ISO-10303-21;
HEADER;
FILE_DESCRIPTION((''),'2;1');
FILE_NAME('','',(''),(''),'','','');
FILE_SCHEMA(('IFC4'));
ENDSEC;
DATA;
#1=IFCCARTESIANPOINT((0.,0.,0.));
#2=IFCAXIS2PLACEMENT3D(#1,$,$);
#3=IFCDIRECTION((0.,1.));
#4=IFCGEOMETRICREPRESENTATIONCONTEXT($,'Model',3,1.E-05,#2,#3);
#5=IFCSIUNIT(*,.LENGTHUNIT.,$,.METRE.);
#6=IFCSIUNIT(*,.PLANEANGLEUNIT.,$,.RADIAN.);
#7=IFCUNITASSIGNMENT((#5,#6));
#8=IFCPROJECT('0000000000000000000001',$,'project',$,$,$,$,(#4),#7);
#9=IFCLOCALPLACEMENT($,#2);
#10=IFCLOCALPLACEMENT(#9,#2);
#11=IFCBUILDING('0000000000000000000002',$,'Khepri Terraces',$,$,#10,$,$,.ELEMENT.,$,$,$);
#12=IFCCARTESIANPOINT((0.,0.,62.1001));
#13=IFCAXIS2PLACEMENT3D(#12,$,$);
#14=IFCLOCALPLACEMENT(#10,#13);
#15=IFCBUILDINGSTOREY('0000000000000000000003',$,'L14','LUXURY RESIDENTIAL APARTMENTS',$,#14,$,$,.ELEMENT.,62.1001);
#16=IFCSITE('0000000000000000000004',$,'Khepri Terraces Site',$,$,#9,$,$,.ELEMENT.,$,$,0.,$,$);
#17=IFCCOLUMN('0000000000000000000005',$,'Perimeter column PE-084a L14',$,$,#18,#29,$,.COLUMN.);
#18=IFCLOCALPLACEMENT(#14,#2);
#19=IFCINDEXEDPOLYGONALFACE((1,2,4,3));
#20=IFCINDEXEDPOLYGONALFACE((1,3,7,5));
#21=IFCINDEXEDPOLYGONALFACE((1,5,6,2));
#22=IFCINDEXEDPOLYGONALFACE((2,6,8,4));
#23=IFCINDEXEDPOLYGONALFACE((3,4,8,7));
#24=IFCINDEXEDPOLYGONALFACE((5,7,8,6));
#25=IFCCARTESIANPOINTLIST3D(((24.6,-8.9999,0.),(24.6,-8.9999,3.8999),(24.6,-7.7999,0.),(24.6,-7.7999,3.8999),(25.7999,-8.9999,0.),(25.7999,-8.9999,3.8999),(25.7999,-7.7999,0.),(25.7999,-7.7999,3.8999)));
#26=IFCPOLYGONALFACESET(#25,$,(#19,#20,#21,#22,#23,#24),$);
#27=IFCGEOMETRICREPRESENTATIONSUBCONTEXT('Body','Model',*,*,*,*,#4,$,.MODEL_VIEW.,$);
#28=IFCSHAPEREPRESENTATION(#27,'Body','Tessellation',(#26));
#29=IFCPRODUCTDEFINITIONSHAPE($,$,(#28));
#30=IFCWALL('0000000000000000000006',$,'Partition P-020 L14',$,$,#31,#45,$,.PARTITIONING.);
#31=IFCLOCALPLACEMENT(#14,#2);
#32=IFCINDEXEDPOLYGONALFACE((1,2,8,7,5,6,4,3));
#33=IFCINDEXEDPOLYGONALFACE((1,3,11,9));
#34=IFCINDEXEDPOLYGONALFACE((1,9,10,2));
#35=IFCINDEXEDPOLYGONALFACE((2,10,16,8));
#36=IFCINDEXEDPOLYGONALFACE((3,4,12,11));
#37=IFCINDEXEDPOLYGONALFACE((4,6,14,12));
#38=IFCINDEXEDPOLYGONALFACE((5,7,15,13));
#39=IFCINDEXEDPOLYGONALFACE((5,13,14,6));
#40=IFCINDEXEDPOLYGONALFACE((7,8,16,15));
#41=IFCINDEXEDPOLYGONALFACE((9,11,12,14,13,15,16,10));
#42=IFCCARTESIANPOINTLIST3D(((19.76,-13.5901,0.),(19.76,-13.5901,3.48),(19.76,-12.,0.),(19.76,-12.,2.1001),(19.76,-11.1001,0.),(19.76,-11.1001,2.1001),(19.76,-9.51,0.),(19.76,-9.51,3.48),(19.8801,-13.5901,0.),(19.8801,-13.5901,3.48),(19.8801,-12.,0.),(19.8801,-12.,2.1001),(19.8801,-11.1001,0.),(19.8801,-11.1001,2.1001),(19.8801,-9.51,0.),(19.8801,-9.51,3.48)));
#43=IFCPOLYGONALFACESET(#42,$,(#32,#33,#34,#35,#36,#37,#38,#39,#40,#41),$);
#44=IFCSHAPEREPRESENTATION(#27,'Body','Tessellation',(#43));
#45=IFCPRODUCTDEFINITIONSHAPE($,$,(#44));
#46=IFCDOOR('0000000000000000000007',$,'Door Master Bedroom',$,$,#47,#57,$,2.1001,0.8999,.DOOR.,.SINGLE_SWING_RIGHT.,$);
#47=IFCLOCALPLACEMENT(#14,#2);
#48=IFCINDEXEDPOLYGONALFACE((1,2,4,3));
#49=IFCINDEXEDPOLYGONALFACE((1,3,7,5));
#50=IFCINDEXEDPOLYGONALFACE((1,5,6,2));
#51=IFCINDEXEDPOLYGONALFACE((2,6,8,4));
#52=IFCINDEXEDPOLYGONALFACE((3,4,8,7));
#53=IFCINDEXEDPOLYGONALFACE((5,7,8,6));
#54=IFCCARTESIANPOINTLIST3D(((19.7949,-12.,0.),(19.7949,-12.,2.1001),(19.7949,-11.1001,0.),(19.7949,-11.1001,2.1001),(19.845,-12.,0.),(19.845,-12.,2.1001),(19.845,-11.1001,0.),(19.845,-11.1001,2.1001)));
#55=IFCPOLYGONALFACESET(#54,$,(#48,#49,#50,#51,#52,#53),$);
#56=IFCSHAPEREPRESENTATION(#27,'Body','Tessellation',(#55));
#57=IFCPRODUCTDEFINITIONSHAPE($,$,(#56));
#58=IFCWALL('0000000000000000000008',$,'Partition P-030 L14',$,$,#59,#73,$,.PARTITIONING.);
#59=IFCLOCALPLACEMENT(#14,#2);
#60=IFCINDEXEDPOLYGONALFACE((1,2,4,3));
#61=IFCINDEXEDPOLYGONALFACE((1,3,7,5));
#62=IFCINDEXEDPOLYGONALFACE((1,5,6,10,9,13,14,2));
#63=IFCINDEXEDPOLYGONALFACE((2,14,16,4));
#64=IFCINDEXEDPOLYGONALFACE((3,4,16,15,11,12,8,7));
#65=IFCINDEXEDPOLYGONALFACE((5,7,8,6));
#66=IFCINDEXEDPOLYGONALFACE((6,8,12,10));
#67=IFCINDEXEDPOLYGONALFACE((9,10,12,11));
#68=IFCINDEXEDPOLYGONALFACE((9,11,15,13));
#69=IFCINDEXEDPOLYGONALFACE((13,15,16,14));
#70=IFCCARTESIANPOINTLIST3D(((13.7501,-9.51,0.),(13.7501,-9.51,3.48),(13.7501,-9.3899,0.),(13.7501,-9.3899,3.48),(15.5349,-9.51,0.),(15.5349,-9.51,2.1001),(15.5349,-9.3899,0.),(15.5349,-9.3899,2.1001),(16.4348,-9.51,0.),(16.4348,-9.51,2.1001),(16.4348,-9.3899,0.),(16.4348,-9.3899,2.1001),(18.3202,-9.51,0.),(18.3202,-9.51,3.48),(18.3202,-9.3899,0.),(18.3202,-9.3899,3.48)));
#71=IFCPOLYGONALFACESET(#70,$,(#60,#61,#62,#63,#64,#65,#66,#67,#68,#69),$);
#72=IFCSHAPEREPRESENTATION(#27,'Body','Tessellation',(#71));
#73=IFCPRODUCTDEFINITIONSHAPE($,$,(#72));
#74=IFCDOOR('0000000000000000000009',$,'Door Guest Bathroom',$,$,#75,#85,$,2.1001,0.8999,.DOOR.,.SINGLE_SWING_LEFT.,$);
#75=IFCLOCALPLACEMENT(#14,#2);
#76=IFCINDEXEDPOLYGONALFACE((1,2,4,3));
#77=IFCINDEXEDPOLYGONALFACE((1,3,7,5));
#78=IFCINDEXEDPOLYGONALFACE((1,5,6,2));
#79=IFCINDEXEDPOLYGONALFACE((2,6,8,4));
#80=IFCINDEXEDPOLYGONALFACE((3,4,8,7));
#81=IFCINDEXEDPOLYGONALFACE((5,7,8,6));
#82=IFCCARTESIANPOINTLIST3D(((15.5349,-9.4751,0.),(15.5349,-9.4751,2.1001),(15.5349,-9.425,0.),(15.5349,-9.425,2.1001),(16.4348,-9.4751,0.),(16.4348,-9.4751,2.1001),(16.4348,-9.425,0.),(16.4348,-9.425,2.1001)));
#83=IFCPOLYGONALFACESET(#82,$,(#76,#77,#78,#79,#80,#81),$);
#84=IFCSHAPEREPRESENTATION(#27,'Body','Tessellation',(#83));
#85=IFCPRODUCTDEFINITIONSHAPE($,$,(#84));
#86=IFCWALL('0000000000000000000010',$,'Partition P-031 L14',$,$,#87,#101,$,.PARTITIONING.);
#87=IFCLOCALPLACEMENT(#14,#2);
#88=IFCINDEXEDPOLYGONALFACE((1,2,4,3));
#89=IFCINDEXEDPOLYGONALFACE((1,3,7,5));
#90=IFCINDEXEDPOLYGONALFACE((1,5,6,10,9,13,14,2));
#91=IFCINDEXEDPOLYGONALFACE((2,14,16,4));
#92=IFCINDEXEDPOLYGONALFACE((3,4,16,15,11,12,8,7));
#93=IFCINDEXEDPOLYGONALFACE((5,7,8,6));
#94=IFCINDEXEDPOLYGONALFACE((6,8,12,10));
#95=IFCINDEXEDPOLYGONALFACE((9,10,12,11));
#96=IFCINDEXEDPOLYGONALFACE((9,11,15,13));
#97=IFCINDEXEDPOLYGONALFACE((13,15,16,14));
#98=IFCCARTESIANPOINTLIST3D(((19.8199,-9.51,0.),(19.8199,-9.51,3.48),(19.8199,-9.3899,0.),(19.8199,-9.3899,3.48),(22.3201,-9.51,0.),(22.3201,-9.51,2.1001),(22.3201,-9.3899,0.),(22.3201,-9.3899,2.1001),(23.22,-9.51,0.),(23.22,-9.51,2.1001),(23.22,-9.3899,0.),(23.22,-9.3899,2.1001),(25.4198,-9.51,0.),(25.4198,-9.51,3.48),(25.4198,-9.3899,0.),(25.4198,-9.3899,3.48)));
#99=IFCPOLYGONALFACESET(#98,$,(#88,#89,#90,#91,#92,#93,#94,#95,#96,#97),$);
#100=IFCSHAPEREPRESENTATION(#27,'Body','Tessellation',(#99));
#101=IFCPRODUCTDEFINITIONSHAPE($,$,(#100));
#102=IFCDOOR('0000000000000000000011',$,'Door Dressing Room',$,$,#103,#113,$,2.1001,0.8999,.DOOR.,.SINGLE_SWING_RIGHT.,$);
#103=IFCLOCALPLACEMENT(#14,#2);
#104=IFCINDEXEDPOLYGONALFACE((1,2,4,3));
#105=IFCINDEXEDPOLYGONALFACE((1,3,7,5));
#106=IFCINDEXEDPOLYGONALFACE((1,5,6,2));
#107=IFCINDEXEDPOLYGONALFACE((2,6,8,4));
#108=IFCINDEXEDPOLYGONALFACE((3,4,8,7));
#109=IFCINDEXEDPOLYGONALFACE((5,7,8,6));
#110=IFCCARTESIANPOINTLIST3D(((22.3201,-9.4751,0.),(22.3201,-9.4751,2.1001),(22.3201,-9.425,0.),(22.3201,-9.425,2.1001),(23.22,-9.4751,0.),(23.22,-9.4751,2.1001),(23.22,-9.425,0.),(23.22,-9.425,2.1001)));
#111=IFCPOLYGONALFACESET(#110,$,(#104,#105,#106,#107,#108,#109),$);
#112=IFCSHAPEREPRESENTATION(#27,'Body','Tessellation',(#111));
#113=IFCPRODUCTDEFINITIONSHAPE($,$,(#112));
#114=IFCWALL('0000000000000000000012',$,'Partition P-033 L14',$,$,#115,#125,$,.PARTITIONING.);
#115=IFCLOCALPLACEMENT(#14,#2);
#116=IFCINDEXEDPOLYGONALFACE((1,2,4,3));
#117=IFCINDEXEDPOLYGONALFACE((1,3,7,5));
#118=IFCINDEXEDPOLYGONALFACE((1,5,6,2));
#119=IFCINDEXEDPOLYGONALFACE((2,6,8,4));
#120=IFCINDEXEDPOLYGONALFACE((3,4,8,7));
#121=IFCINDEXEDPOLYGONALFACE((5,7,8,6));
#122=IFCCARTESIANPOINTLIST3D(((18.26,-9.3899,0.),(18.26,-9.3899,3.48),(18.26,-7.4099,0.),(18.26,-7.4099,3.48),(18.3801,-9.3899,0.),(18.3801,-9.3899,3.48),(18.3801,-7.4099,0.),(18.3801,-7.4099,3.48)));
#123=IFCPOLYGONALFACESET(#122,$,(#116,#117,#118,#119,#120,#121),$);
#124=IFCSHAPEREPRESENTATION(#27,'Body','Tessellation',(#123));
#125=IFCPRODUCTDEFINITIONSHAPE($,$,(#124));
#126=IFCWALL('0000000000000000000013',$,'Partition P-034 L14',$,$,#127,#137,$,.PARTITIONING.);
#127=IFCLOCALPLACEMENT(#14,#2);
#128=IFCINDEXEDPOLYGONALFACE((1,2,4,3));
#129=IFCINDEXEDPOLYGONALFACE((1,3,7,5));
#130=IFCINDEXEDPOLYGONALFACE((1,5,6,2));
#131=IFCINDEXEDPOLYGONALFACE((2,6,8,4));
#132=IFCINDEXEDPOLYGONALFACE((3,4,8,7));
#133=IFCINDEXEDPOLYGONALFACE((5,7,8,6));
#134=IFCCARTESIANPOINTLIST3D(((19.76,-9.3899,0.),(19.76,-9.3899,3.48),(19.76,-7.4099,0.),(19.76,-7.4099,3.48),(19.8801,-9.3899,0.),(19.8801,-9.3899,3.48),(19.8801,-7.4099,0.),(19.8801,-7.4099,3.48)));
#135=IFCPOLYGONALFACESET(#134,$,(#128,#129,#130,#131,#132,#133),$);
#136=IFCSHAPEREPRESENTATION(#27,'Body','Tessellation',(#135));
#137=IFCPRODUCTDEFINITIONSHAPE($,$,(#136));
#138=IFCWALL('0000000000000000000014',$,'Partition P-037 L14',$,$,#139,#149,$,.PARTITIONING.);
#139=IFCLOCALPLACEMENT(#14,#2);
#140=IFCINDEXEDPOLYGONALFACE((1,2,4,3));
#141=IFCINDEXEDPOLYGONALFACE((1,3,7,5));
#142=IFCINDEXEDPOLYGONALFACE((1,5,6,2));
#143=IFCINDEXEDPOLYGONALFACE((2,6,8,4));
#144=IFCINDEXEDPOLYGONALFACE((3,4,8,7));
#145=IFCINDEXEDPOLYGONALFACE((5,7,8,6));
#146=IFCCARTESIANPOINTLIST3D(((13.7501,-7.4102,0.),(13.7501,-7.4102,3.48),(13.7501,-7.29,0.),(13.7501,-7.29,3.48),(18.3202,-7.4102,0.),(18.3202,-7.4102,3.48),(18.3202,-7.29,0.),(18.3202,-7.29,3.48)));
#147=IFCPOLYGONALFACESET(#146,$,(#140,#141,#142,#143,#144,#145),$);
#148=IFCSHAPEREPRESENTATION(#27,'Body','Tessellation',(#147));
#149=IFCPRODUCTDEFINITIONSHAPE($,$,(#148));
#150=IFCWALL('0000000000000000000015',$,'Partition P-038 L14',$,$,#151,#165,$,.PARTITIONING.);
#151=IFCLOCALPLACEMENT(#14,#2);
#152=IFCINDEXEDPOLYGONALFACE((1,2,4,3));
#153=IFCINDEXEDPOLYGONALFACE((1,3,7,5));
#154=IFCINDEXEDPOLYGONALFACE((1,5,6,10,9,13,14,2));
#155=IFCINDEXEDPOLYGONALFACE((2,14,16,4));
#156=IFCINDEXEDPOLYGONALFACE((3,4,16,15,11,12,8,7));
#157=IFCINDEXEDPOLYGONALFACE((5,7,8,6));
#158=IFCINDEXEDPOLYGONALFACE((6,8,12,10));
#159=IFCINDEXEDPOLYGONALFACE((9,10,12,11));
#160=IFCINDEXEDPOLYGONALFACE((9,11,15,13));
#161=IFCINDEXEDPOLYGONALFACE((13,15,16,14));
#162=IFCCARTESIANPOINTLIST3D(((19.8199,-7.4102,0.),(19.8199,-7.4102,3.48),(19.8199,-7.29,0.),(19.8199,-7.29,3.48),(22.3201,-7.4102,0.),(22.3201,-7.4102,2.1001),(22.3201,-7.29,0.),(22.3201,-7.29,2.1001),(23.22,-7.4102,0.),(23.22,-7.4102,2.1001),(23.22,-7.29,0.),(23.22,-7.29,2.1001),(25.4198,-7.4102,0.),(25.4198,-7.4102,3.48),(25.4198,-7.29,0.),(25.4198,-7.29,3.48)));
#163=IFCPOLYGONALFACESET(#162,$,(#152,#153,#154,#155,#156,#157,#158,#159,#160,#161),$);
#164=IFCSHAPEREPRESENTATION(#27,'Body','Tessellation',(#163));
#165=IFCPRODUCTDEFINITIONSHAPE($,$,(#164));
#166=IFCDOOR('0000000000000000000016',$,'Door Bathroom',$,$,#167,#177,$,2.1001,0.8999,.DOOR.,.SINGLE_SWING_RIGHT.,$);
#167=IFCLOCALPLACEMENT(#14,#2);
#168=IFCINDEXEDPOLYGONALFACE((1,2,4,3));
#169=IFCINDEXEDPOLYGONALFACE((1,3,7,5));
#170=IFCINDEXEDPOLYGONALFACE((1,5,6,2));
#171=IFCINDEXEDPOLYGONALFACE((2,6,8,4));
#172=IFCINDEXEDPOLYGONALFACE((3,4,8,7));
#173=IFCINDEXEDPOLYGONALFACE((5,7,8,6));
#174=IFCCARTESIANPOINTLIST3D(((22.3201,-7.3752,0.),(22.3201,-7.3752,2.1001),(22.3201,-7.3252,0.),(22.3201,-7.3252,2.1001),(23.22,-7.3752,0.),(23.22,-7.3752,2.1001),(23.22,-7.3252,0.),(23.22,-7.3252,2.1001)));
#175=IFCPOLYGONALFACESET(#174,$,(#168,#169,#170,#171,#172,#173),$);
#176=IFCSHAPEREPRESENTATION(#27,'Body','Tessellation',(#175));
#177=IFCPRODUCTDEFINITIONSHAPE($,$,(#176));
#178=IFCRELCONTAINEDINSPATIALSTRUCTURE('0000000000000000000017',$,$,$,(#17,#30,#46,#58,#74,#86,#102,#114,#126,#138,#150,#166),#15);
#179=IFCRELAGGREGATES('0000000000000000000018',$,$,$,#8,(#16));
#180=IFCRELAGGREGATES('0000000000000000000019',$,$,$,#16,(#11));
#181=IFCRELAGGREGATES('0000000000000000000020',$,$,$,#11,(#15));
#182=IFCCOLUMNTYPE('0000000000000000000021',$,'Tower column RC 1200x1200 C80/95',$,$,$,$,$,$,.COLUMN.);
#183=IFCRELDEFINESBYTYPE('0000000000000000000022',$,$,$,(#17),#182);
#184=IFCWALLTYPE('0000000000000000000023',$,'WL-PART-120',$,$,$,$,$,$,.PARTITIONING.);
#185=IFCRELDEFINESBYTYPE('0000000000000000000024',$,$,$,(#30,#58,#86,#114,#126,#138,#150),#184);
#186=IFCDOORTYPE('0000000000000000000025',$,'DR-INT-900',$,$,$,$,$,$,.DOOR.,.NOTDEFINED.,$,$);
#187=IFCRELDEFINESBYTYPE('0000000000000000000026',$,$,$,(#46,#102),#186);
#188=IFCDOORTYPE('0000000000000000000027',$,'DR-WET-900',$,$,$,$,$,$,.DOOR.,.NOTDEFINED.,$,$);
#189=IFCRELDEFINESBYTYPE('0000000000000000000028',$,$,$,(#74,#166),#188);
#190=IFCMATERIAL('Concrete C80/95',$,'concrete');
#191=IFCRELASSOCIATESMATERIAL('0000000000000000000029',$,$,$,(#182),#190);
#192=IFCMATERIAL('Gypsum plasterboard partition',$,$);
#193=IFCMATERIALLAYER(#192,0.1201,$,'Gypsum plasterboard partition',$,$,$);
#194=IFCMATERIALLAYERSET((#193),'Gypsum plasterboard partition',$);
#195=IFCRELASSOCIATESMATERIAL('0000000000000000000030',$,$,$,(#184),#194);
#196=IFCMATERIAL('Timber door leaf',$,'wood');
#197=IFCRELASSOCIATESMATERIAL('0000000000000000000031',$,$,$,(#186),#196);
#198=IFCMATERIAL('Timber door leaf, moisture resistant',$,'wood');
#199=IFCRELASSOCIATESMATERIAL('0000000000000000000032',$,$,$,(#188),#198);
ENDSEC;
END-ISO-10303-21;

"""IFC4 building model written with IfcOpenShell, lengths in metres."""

from ifc_helpers import new_model, si_unit, direction, frame, frame_2d, origin, origin_2d, place, context, subcontext, project, spatial, rectangle, extrude, material, layer, layer_set, material_profile, profile_set, type_object, element, fill, save


model = new_model("IFC4")

# Units and contexts
model_context = context("Model", 3, precision=1e-05, world=origin(), true_north=direction((0.0, 1.0)))
body_context = subcontext(model_context, "Body", "Model", "MODEL_VIEW")
ifc_project = project(units=[si_unit("LENGTHUNIT", "METRE"), si_unit("PLANEANGLEUNIT", "RADIAN")], contexts=[model_context])

# Site, building, storey
site_placement = place(None, origin())
site = spatial("IfcSite", under=ifc_project, at=site_placement, Name="Khepri Terraces Site", CompositionType="ELEMENT", RefElevation=0.0)
building_placement = place(site_placement, origin())
building = spatial("IfcBuilding", under=site, at=building_placement, Name="Khepri Terraces", CompositionType="ELEMENT")
storey_placement = place(building_placement, frame((0.0, 0.0, 62.1001)))
storey = spatial("IfcBuildingStorey", under=building, at=storey_placement, Name="L14", Description="LUXURY RESIDENTIAL APARTMENTS", CompositionType="ELEMENT", Elevation=62.1001)

# Column
ifc_material_1 = material(Name="Concrete C80/95", Category="concrete")
ifc_material_profile = material_profile(ifc_material_1, rectangle(XDim=1.2, YDim=1.2, at=origin_2d()), Name="Concrete C80/95", Category="concrete")
ifc_profile_set = profile_set([ifc_material_profile], Name="Concrete C80/95")
column_type = type_object("IfcColumnType", Name="Tower column RC 1200x1200 C80/95", PredefinedType="COLUMN", material=ifc_profile_set)
column_placement = place(storey_placement, frame((25.2, -8.3999, 0.0), z_axis=(0.0, 0.0, 1.0), x_axis=(1.0, 0.0, 0.0)))
element("IfcColumn", 1, at=column_placement, inside=storey, type_object=column_type, Name="Perimeter column PE-084a L14", PredefinedType="COLUMN", context=body_context, shape_type="SweptSolid", body=[
    extrude(rectangle(XDim=1.2, YDim=1.2, at=origin_2d()), origin(), (0.0, 0.0, 1.0), 3.8999),
])

# Walls, openings, doors
ifc_material_2 = material(Name="Gypsum plasterboard partition")
ifc_layer_1 = layer(ifc_material_2, 0.1201, Name="Gypsum plasterboard partition")
ifc_layer_set_1 = layer_set([ifc_layer_1], Name="Gypsum plasterboard partition")
wall_type_1 = type_object("IfcWallType", Name="WL-PART-120", PredefinedType="PARTITIONING", material=ifc_layer_set_1)
wall_1_placement = place(storey_placement, frame((19.8201, -13.5901, 0.0), z_axis=(0.0, 0.0, 1.0), x_axis=(0.0, 1.0, 0.0)))
wall_1 = element("IfcWall", 2, at=wall_1_placement, inside=storey, type_object=wall_type_1, Name="Partition P-020 L14", PredefinedType="PARTITIONING", context=body_context, shape_type="SweptSolid", body=[
    extrude(rectangle(XDim=4.0801, YDim=0.1201, at=frame_2d((2.04, 0.0))), origin(), (0.0, 0.0, 1.0), 3.48),
])
opening_1_placement = place(wall_1_placement, frame((1.5901, 0.0, 0.0)))
opening_1 = element("IfcOpeningElement", 3, at=opening_1_placement, cuts=wall_1, PredefinedType="OPENING", context=body_context, shape_type="SweptSolid", body=[
    extrude(rectangle(XDim=0.8999, YDim=2.1001, at=frame_2d((0.45, 1.05))), frame((0.0, 0.0701, 0.0), z_axis=(0.0, -1.0, 0.0), x_axis=(1.0, 0.0, 0.0)), (0.0, 0.0, 1.0), 0.1401),
])
ifc_material_3 = material(Name="Timber door leaf", Category="wood")
door_type_1 = type_object("IfcDoorType", Name="DR-INT-900", OperationType="NOTDEFINED", PredefinedType="DOOR", material=ifc_material_3)
door_1_placement = place(opening_1_placement, frame((0.8999, 0.0, 0.0), z_axis=(0.0, 0.0, 1.0), x_axis=(-1.0, 0.0, 0.0)))
door_1 = element("IfcDoor", 4, at=door_1_placement, inside=storey, type_object=door_type_1, Name="Door Master Bedroom", OperationType="SINGLE_SWING_RIGHT", OverallHeight=2.1001, OverallWidth=0.8999, PredefinedType="DOOR", context=body_context, shape_type="SweptSolid", body=[
    extrude(rectangle(XDim=0.8999, YDim=2.1001, at=frame_2d((0.45, 1.05))), frame((0.0, 0.0249, 0.0), z_axis=(0.0, -1.0, 0.0), x_axis=(1.0, 0.0, 0.0)), (0.0, 0.0, 1.0), 0.05),
])
fill(opening_1, door_1)
wall_2_placement = place(storey_placement, frame((13.75, -9.45, 0.0), z_axis=(0.0, 0.0, 1.0), x_axis=(1.0, 0.0, 0.0)))
wall_2 = element("IfcWall", 5, at=wall_2_placement, inside=storey, type_object=wall_type_1, Name="Partition P-030 L14", PredefinedType="PARTITIONING", context=body_context, shape_type="SweptSolid", body=[
    extrude(rectangle(XDim=4.5701, YDim=0.1201, at=frame_2d((2.2852, 0.0))), origin(), (0.0, 0.0, 1.0), 3.48),
])
opening_2_placement = place(wall_2_placement, frame((1.7849, 0.0, 0.0)))
opening_2 = element("IfcOpeningElement", 6, at=opening_2_placement, cuts=wall_2, PredefinedType="OPENING", context=body_context, shape_type="SweptSolid", body=[
    extrude(rectangle(XDim=0.8999, YDim=2.1001, at=frame_2d((0.45, 1.05))), frame((0.0, 0.0701, 0.0), z_axis=(0.0, -1.0, 0.0), x_axis=(1.0, 0.0, 0.0)), (0.0, 0.0, 1.0), 0.1401),
])
ifc_material_4 = material(Name="Timber door leaf, moisture resistant", Category="wood")
door_type_2 = type_object("IfcDoorType", Name="DR-WET-900", OperationType="NOTDEFINED", PredefinedType="DOOR", material=ifc_material_4)
door_2_placement = place(opening_2_placement, origin())
door_2 = element("IfcDoor", 7, at=door_2_placement, inside=storey, type_object=door_type_2, Name="Door Guest Bathroom", OperationType="SINGLE_SWING_LEFT", OverallHeight=2.1001, OverallWidth=0.8999, PredefinedType="DOOR", context=body_context, shape_type="SweptSolid", body=[
    extrude(rectangle(XDim=0.8999, YDim=2.1001, at=frame_2d((0.45, 1.05))), frame((0.0, 0.0249, 0.0), z_axis=(0.0, -1.0, 0.0), x_axis=(1.0, 0.0, 0.0)), (0.0, 0.0, 1.0), 0.05),
])
fill(opening_2, door_2)
wall_3_placement = place(storey_placement, frame((19.8201, -9.45, 0.0), z_axis=(0.0, 0.0, 1.0), x_axis=(1.0, 0.0, 0.0)))
wall_3 = element("IfcWall", 8, at=wall_3_placement, inside=storey, type_object=wall_type_1, Name="Partition P-031 L14", PredefinedType="PARTITIONING", context=body_context, shape_type="SweptSolid", body=[
    extrude(rectangle(XDim=5.5999, YDim=0.1201, at=frame_2d((2.7998, 0.0))), origin(), (0.0, 0.0, 1.0), 3.48),
])
opening_3_placement = place(wall_3_placement, frame((2.5, 0.0, 0.0)))
opening_3 = element("IfcOpeningElement", 9, at=opening_3_placement, cuts=wall_3, PredefinedType="OPENING", context=body_context, shape_type="SweptSolid", body=[
    extrude(rectangle(XDim=0.8999, YDim=2.1001, at=frame_2d((0.45, 1.05))), frame((0.0, 0.0701, 0.0), z_axis=(0.0, -1.0, 0.0), x_axis=(1.0, 0.0, 0.0)), (0.0, 0.0, 1.0), 0.1401),
])
door_3_placement = place(opening_3_placement, origin())
door_3 = element("IfcDoor", 10, at=door_3_placement, inside=storey, type_object=door_type_1, Name="Door Dressing Room", OperationType="SINGLE_SWING_RIGHT", OverallHeight=2.1001, OverallWidth=0.8999, PredefinedType="DOOR", context=body_context, shape_type="SweptSolid", body=[
    extrude(rectangle(XDim=0.8999, YDim=2.1001, at=frame_2d((0.45, 1.05))), frame((0.0, 0.0249, 0.0), z_axis=(0.0, -1.0, 0.0), x_axis=(1.0, 0.0, 0.0)), (0.0, 0.0, 1.0), 0.05),
])
fill(opening_3, door_3)

# Walls
for number, where, z_axis, x_axis, name in (
    (11, (18.3201, -9.3899, 0.0), (0.0, 0.0, 1.0), (0.0, 1.0, 0.0), "Partition P-033 L14"),
    (12, (19.8201, -9.3899, 0.0), (0.0, 0.0, 1.0), (0.0, 1.0, 0.0), "Partition P-034 L14"),
):
    element("IfcWall", number, at=place(storey_placement, frame(where, z_axis=z_axis, x_axis=x_axis)), inside=storey, type_object=wall_type_1, Name=name, PredefinedType="PARTITIONING", context=body_context, shape_type="SweptSolid", body=[
        extrude(rectangle(XDim=1.98, YDim=0.1201, at=frame_2d((0.99, 0.0))), origin(), (0.0, 0.0, 1.0), 3.48),
    ])
wall_4_placement = place(storey_placement, frame((13.75, -7.3501, 0.0), z_axis=(0.0, 0.0, 1.0), x_axis=(1.0, 0.0, 0.0)))
element("IfcWall", 13, at=wall_4_placement, inside=storey, type_object=wall_type_1, Name="Partition P-037 L14", PredefinedType="PARTITIONING", context=body_context, shape_type="SweptSolid", body=[
    extrude(rectangle(XDim=4.5701, YDim=0.1201, at=frame_2d((2.2852, 0.0))), origin(), (0.0, 0.0, 1.0), 3.48),
])

# Wall, opening, door
wall_5_placement = place(storey_placement, frame((19.8201, -7.3501, 0.0), z_axis=(0.0, 0.0, 1.0), x_axis=(1.0, 0.0, 0.0)))
wall_5 = element("IfcWall", 14, at=wall_5_placement, inside=storey, type_object=wall_type_1, Name="Partition P-038 L14", PredefinedType="PARTITIONING", context=body_context, shape_type="SweptSolid", body=[
    extrude(rectangle(XDim=5.5999, YDim=0.1201, at=frame_2d((2.7998, 0.0))), origin(), (0.0, 0.0, 1.0), 3.48),
])
opening_4_placement = place(wall_5_placement, frame((2.5, 0.0, 0.0)))
opening_4 = element("IfcOpeningElement", 15, at=opening_4_placement, cuts=wall_5, PredefinedType="OPENING", context=body_context, shape_type="SweptSolid", body=[
    extrude(rectangle(XDim=0.8999, YDim=2.1001, at=frame_2d((0.45, 1.05))), frame((0.0, 0.0701, 0.0), z_axis=(0.0, -1.0, 0.0), x_axis=(1.0, 0.0, 0.0)), (0.0, 0.0, 1.0), 0.1401),
])
door_4_placement = place(opening_4_placement, origin())
door_4 = element("IfcDoor", 16, at=door_4_placement, inside=storey, type_object=door_type_2, Name="Door Bathroom", OperationType="SINGLE_SWING_RIGHT", OverallHeight=2.1001, OverallWidth=0.8999, PredefinedType="DOOR", context=body_context, shape_type="SweptSolid", body=[
    extrude(rectangle(XDim=0.8999, YDim=2.1001, at=frame_2d((0.45, 1.05))), frame((0.0, 0.0249, 0.0), z_axis=(0.0, -1.0, 0.0), x_axis=(1.0, 0.0, 0.0)), (0.0, 0.0, 1.0), 0.05),
])
fill(opening_4, door_4)

save(model, "model.ifc")
